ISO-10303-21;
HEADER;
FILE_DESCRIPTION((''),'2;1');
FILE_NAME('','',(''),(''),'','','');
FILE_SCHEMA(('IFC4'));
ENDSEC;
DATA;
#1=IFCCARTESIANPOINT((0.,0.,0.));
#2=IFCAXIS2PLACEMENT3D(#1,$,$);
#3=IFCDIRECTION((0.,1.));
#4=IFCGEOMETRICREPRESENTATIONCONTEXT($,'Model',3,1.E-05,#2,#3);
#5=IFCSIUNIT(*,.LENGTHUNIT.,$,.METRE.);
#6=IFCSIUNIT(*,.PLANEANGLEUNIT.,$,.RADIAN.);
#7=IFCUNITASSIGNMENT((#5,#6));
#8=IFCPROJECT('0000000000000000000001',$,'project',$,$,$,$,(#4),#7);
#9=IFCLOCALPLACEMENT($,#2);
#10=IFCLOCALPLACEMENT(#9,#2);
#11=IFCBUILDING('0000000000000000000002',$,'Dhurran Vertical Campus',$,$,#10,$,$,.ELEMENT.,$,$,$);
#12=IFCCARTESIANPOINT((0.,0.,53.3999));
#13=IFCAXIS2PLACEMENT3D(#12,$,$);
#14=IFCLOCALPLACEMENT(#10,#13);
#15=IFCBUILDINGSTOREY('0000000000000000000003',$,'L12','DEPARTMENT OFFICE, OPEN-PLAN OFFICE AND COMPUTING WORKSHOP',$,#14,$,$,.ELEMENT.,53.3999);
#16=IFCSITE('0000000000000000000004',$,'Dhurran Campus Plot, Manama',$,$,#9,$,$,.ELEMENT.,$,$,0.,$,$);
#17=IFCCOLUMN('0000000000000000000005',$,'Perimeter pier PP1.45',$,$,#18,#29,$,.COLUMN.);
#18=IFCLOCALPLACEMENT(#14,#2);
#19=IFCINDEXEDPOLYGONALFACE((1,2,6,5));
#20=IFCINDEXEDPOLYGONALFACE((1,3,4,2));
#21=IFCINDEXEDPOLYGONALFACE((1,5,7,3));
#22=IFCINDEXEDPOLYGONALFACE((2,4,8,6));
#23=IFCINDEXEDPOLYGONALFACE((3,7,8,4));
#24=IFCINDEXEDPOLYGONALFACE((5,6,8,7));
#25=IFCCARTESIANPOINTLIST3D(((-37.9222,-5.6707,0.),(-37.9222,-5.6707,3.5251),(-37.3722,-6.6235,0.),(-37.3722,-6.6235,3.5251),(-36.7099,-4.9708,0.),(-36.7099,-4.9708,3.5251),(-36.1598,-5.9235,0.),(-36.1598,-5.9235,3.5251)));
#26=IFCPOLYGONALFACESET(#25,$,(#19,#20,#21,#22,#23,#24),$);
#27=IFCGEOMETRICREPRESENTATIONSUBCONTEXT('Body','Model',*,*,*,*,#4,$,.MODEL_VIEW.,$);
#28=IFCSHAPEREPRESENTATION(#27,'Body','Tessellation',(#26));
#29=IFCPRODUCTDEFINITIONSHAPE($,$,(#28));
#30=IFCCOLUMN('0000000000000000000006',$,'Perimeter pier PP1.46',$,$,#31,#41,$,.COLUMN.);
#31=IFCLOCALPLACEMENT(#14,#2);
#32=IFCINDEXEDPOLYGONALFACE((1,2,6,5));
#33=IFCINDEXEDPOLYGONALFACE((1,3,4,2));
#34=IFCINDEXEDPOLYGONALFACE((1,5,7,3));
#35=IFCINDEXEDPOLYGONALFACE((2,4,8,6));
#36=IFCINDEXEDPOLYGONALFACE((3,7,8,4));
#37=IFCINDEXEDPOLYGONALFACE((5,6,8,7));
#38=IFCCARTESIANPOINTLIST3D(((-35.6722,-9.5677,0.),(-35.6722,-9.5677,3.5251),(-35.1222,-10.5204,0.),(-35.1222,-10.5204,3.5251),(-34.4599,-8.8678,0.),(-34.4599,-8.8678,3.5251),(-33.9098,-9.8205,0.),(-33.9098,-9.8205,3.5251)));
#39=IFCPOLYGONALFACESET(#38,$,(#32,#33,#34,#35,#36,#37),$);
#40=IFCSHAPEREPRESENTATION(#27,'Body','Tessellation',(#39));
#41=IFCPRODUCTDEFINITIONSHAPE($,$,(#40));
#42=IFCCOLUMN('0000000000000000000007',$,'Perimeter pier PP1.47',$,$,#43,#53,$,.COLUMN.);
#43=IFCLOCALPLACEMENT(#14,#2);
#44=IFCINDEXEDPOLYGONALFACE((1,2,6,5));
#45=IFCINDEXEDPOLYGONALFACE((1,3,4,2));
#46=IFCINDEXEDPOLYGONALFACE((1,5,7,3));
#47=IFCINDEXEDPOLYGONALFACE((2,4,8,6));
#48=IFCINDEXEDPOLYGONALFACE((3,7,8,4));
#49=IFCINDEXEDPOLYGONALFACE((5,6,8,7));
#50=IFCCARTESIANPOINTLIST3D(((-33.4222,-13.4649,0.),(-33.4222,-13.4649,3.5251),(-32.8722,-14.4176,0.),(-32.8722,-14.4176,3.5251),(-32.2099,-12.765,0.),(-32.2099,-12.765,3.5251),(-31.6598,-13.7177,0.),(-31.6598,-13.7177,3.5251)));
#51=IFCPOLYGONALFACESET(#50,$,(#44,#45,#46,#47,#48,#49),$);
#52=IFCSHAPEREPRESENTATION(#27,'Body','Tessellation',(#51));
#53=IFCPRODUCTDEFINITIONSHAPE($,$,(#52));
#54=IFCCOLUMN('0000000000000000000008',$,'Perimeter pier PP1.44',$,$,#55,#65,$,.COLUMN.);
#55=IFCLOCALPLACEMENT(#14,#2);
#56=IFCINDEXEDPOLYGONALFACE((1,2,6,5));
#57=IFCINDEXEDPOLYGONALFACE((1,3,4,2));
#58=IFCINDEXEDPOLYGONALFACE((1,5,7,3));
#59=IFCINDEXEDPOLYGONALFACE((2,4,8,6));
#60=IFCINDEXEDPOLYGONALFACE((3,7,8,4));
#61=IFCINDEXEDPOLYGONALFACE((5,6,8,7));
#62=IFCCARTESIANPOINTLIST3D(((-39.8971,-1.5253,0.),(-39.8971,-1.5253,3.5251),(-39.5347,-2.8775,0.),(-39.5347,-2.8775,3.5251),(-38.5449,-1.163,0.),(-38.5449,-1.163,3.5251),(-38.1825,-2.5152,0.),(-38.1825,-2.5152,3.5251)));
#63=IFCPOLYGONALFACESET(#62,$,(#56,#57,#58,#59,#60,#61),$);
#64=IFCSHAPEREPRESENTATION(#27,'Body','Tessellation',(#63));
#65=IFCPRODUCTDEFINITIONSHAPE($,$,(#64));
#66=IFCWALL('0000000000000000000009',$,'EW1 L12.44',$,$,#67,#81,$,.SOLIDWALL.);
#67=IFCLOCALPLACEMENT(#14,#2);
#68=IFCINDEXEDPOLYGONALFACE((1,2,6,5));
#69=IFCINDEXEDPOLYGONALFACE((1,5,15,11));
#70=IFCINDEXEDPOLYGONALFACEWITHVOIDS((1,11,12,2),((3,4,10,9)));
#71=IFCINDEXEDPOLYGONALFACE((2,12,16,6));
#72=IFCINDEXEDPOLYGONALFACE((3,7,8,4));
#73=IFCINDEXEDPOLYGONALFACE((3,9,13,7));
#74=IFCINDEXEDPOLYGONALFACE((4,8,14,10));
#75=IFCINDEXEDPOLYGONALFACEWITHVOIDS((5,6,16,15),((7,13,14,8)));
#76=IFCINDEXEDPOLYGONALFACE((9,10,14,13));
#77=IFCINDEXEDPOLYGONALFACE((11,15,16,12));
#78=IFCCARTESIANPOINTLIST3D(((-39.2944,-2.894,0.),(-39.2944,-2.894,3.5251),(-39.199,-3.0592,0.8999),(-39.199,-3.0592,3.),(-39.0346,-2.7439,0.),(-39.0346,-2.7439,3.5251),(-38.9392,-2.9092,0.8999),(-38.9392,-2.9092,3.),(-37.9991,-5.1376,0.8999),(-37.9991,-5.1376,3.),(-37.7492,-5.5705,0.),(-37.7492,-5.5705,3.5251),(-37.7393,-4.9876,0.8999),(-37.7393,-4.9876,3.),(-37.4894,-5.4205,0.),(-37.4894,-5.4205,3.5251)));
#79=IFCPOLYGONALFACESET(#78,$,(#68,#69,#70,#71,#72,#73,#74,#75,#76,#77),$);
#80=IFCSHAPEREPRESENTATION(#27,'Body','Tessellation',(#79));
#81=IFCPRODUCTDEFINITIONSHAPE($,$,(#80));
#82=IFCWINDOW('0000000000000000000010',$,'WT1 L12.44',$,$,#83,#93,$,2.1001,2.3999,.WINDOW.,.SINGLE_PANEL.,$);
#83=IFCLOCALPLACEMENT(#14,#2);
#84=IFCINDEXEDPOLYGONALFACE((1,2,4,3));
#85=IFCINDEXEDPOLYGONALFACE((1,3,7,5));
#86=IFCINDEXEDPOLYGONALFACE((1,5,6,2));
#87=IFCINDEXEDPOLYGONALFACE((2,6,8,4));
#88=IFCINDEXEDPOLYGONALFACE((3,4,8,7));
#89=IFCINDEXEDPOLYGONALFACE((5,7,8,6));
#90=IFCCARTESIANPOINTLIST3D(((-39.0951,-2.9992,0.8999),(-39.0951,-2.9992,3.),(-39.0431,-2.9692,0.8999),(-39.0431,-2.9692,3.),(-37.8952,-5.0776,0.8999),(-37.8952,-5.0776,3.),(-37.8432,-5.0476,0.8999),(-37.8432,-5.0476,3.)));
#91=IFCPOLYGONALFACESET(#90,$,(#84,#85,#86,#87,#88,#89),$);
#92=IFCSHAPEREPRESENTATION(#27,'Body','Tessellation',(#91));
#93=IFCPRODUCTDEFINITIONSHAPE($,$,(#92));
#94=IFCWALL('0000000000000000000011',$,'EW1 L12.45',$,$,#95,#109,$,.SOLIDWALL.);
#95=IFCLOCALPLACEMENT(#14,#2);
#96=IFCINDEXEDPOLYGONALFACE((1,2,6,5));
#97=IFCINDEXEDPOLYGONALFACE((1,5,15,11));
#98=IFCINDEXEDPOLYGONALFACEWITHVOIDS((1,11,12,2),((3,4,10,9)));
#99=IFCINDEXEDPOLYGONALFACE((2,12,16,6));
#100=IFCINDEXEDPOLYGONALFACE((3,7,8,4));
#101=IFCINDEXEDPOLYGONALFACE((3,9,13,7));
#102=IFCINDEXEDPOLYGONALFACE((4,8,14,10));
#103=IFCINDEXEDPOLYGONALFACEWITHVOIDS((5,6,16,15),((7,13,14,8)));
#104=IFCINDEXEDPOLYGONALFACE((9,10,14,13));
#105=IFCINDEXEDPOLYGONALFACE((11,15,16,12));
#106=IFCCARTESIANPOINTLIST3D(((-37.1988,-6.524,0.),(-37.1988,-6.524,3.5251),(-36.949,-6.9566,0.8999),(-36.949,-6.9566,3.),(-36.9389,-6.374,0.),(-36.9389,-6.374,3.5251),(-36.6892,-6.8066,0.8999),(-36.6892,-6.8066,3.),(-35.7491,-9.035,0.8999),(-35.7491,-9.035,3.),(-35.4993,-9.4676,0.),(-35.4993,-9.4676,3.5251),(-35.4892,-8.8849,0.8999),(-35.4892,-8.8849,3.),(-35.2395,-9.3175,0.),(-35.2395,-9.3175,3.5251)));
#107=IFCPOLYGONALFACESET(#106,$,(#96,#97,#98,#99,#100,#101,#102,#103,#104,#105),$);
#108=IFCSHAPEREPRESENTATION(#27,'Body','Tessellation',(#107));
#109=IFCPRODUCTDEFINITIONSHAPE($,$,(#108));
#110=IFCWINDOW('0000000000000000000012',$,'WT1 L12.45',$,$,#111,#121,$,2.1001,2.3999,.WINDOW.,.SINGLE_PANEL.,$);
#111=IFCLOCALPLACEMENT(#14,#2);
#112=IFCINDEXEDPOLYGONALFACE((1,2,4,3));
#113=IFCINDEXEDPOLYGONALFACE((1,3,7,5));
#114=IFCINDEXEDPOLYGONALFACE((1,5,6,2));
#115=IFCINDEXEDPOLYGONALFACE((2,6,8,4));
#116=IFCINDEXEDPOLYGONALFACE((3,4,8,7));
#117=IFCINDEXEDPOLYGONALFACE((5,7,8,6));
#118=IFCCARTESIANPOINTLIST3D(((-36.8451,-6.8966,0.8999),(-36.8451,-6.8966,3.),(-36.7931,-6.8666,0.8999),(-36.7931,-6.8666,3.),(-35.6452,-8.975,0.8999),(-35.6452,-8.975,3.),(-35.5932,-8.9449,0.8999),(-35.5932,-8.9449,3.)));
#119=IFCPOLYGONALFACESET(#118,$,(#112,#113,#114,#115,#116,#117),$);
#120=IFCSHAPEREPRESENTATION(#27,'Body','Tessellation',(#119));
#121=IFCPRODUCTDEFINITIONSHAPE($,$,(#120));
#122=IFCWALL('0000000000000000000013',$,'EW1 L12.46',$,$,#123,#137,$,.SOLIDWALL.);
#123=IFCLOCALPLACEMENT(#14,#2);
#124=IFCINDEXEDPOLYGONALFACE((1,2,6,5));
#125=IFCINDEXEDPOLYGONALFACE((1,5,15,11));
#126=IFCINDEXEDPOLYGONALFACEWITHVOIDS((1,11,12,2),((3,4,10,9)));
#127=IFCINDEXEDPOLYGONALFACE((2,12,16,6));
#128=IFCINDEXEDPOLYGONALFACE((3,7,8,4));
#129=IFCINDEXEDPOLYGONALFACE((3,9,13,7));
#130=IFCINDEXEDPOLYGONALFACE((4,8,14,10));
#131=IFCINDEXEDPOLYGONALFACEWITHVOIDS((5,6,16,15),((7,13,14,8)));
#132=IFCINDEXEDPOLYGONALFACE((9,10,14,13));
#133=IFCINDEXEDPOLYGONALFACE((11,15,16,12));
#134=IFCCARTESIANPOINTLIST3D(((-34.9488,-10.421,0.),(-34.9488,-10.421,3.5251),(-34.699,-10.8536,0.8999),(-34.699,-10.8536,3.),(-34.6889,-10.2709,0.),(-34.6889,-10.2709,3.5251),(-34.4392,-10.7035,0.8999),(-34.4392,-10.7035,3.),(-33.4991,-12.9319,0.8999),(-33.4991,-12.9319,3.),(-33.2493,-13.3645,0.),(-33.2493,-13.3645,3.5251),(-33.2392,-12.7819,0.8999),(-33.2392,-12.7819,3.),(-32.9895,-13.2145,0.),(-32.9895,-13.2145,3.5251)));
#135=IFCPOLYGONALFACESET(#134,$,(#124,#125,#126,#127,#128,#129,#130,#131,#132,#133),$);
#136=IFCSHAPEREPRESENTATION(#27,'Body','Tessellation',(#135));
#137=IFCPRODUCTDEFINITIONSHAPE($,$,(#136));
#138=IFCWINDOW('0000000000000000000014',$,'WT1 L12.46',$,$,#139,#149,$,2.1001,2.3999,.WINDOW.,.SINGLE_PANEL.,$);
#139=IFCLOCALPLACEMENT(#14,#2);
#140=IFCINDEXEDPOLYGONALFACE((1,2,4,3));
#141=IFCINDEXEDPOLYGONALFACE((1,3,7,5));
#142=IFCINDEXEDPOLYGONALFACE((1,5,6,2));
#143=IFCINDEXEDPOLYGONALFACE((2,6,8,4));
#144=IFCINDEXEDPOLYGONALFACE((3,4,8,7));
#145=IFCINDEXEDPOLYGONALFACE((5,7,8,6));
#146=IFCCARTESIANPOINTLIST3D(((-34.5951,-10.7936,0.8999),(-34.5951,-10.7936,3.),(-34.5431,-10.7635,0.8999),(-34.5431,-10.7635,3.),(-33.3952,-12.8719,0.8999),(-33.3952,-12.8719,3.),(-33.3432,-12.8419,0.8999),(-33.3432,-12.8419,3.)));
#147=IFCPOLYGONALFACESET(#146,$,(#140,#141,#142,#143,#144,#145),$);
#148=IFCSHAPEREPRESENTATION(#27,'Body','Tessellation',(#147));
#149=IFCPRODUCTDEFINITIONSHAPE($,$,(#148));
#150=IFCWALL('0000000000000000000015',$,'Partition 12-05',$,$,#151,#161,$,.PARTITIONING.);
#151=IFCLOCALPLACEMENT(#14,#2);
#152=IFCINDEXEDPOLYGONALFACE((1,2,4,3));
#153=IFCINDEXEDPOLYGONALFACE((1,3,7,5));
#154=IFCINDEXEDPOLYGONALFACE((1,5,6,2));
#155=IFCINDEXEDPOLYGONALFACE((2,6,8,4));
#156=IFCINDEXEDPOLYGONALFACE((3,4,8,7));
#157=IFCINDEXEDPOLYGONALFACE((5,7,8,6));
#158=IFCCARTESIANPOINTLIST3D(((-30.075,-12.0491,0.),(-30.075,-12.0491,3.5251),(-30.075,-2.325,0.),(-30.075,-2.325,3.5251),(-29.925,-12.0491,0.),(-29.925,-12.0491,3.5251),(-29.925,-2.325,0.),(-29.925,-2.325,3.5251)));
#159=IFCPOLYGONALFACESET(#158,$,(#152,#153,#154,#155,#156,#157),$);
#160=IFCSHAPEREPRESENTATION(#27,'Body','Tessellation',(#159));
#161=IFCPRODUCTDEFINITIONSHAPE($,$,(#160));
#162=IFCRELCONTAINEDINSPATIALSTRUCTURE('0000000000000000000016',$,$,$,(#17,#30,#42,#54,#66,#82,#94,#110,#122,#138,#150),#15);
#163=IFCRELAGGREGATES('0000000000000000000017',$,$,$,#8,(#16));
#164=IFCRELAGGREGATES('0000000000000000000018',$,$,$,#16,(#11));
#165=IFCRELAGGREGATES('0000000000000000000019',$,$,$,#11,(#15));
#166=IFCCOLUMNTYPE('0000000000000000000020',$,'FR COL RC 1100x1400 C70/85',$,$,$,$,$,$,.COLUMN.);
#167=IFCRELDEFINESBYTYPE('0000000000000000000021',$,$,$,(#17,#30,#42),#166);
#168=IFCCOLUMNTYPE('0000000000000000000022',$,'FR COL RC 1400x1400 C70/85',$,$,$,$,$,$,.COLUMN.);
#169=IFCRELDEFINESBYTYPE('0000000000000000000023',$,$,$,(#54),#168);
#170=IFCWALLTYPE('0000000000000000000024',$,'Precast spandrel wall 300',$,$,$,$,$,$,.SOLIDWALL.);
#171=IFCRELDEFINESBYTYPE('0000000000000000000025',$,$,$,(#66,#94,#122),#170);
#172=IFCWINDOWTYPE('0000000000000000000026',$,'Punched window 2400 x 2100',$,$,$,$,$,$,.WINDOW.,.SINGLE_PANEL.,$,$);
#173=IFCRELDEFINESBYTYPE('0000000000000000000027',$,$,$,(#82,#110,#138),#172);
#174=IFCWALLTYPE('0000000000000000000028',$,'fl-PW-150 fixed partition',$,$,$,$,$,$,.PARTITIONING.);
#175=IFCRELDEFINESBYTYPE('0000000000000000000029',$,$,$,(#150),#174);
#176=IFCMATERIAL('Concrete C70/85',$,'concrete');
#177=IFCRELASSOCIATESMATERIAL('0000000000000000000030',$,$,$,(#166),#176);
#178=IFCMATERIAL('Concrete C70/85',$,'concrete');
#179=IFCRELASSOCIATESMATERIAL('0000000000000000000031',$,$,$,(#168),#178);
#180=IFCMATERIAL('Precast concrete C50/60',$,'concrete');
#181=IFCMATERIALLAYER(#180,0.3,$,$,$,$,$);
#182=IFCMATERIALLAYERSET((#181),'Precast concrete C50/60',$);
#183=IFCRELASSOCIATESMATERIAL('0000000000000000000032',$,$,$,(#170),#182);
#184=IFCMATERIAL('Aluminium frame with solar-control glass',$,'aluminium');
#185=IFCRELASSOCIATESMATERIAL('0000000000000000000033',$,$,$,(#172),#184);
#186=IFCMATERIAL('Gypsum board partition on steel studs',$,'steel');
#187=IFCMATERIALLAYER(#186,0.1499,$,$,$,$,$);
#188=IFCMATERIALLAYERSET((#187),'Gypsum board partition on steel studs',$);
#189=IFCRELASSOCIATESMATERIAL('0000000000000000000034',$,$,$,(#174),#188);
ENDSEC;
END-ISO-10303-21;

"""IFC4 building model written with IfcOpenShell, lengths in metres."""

from ifc_helpers import new_model, si_unit, direction, frame, frame_2d, origin, origin_2d, place, context, subcontext, project, spatial, rectangle, extrude, material, layer, layer_set, material_profile, profile_set, type_object, element, fill, save


model = new_model("IFC4")

# Units and contexts
model_context = context("Model", 3, precision=1e-05, world=origin(), true_north=direction((0.0, 1.0)))
body_context = subcontext(model_context, "Body", "Model", "MODEL_VIEW")
ifc_project = project(units=[si_unit("LENGTHUNIT", "METRE"), si_unit("PLANEANGLEUNIT", "RADIAN")], contexts=[model_context])

# Site, building, storey
site_placement = place(None, origin())
site = spatial("IfcSite", under=ifc_project, at=site_placement, Name="Dhurran Campus Plot, Manama", CompositionType="ELEMENT", RefElevation=0.0)
building_placement = place(site_placement, origin())
building = spatial("IfcBuilding", under=site, at=building_placement, Name="Dhurran Vertical Campus", CompositionType="ELEMENT")
storey_placement = place(building_placement, frame((0.0, 0.0, 53.3999)))
storey = spatial("IfcBuildingStorey", under=building, at=storey_placement, Name="L12", Description="DEPARTMENT OFFICE, OPEN-PLAN OFFICE AND COMPUTING WORKSHOP", CompositionType="ELEMENT", Elevation=53.3999)

# Columns
ifc_material_1 = material(Name="Concrete C70/85", Category="concrete")
ifc_material_profile_1 = material_profile(ifc_material_1, rectangle(XDim=1.1001, YDim=1.3999, at=origin_2d()), Name="RC 1100x1400")
ifc_profile_set_1 = profile_set([ifc_material_profile_1], Name="Concrete C70/85")
column_type_1 = type_object("IfcColumnType", Name="FR COL RC 1100x1400 C70/85", PredefinedType="COLUMN", material=ifc_profile_set_1)
for number, where, z_axis, x_axis, name in (
    (1, (-37.041, -5.7971, 0.0), (0.0, 0.0, 1.0), (0.5, -0.866025, 0.0), "Perimeter pier PP1.45"),
    (2, (-34.791, -9.6941, 0.0), (0.0, 0.0, 1.0), (0.5, -0.866025, 0.0), "Perimeter pier PP1.46"),
    (3, (-32.541, -13.5913, 0.0), (0.0, 0.0, 1.0), (0.5, -0.866025, 0.0), "Perimeter pier PP1.47"),
):
    element("IfcColumn", number, at=place(storey_placement, frame(where, z_axis=z_axis, x_axis=x_axis)), inside=storey, type_object=column_type_1, Name=name, PredefinedType="COLUMN", context=body_context, shape_type="SweptSolid", body=[
        extrude(rectangle(XDim=1.1001, YDim=1.3999, at=origin_2d()), origin(), (0.0, 0.0, 1.0), 3.5251),
    ])
ifc_material_2 = material(Name="Concrete C70/85", Category="concrete")
ifc_material_profile_2 = material_profile(ifc_material_2, rectangle(XDim=1.3999, YDim=1.3999, at=origin_2d()), Name="RC 1400x1400")
ifc_profile_set_2 = profile_set([ifc_material_profile_2], Name="Concrete C70/85")
column_type_2 = type_object("IfcColumnType", Name="FR COL RC 1400x1400 C70/85", PredefinedType="COLUMN", material=ifc_profile_set_2)
column_placement = place(storey_placement, frame((-39.0398, -2.0203, 0.0), z_axis=(0.0, 0.0, 1.0), x_axis=(0.258819, -0.965926, 0.0)))
element("IfcColumn", 4, at=column_placement, inside=storey, type_object=column_type_2, Name="Perimeter pier PP1.44", PredefinedType="COLUMN", context=body_context, shape_type="SweptSolid", body=[
    extrude(rectangle(XDim=1.3999, YDim=1.3999, at=origin_2d()), origin(), (0.0, 0.0, 1.0), 3.5251),
])

# Walls, openings, windows
ifc_material_3 = material(Name="Precast concrete C50/60", Category="concrete")
ifc_layer_1 = layer(ifc_material_3, 0.3)
ifc_layer_set_1 = layer_set([ifc_layer_1], Name="Precast concrete C50/60")
wall_type_1 = type_object("IfcWallType", Name="Precast spandrel wall 300", PredefinedType="SOLIDWALL", material=ifc_layer_set_1)
wall_1_placement = place(storey_placement, frame((-39.1646, -2.8188, 0.0), z_axis=(0.0, 0.0, 1.0), x_axis=(0.499971, -0.866042, 0.0)))
wall_1 = element("IfcWall", 5, at=wall_1_placement, inside=storey, type_object=wall_type_1, Name="EW1 L12.44", PredefinedType="SOLIDWALL", context=body_context, shape_type="SweptSolid", body=[
    extrude(rectangle(XDim=3.0906, YDim=0.3, at=frame_2d((1.5454, 0.0))), origin(), (0.0, 0.0, 1.0), 3.5251),
])
opening_1_placement = place(wall_1_placement, frame((0.1909, 0.0, 0.8999)))
opening_1 = element("IfcOpeningElement", 6, at=opening_1_placement, cuts=wall_1, PredefinedType="OPENING", context=body_context, shape_type="SweptSolid", body=[
    extrude(rectangle(XDim=2.3999, YDim=2.1001, at=frame_2d((1.2, 1.05))), frame((0.0, 0.1599, 0.0), z_axis=(0.0, -1.0, 0.0), x_axis=(1.0, 0.0, 0.0)), (0.0, 0.0, 1.0), 0.3201),
])
ifc_material_4 = material(Name="Aluminium frame with solar-control glass", Category="aluminium")
window_type = type_object("IfcWindowType", Name="Punched window 2400 x 2100", PartitioningType="SINGLE_PANEL", PredefinedType="WINDOW", material=ifc_material_4)
window_1_placement = place(opening_1_placement, origin())
window_1 = element("IfcWindow", 7, at=window_1_placement, inside=storey, type_object=window_type, Name="WT1 L12.44", OverallHeight=2.1001, OverallWidth=2.3999, PartitioningType="SINGLE_PANEL", PredefinedType="WINDOW", context=body_context, shape_type="SweptSolid", body=[
    extrude(rectangle(XDim=2.3999, YDim=2.1001, at=frame_2d((1.2, 1.05))), frame((0.0, 0.03, 0.0), z_axis=(0.0, -1.0, 0.0), x_axis=(1.0, 0.0, 0.0)), (0.0, 0.0, 1.0), 0.0601),
])
fill(opening_1, window_1)
wall_2_placement = place(storey_placement, frame((-37.0688, -6.449, 0.0), z_axis=(0.0, 0.0, 1.0), x_axis=(0.499994, -0.866029, 0.0)))
wall_2 = element("IfcWall", 8, at=wall_2_placement, inside=storey, type_object=wall_type_1, Name="EW1 L12.45", PredefinedType="SOLIDWALL", context=body_context, shape_type="SweptSolid", body=[
    extrude(rectangle(XDim=3.3989, YDim=0.3, at=frame_2d((1.6995, 0.0))), origin(), (0.0, 0.0, 1.0), 3.5251),
])
opening_2_placement = place(wall_2_placement, frame((0.4995, 0.0, 0.8999)))
opening_2 = element("IfcOpeningElement", 9, at=opening_2_placement, cuts=wall_2, PredefinedType="OPENING", context=body_context, shape_type="SweptSolid", body=[
    extrude(rectangle(XDim=2.3999, YDim=2.1001, at=frame_2d((1.2, 1.05))), frame((0.0, 0.1599, 0.0), z_axis=(0.0, -1.0, 0.0), x_axis=(1.0, 0.0, 0.0)), (0.0, 0.0, 1.0), 0.3201),
])
window_2_placement = place(opening_2_placement, origin())
window_2 = element("IfcWindow", 10, at=window_2_placement, inside=storey, type_object=window_type, Name="WT1 L12.45", OverallHeight=2.1001, OverallWidth=2.3999, PartitioningType="SINGLE_PANEL", PredefinedType="WINDOW", context=body_context, shape_type="SweptSolid", body=[
    extrude(rectangle(XDim=2.3999, YDim=2.1001, at=frame_2d((1.2, 1.05))), frame((0.0, 0.03, 0.0), z_axis=(0.0, -1.0, 0.0), x_axis=(1.0, 0.0, 0.0)), (0.0, 0.0, 1.0), 0.0601),
])
fill(opening_2, window_2)
wall_3_placement = place(storey_placement, frame((-34.8188, -10.3459, 0.0), z_axis=(0.0, 0.0, 1.0), x_axis=(0.499994, -0.866029, 0.0)))
wall_3 = element("IfcWall", 11, at=wall_3_placement, inside=storey, type_object=wall_type_1, Name="EW1 L12.46", PredefinedType="SOLIDWALL", context=body_context, shape_type="SweptSolid", body=[
    extrude(rectangle(XDim=3.3989, YDim=0.3, at=frame_2d((1.6995, 0.0))), origin(), (0.0, 0.0, 1.0), 3.5251),
])
opening_3_placement = place(wall_3_placement, frame((0.4995, 0.0, 0.8999)))
opening_3 = element("IfcOpeningElement", 12, at=opening_3_placement, cuts=wall_3, PredefinedType="OPENING", context=body_context, shape_type="SweptSolid", body=[
    extrude(rectangle(XDim=2.3999, YDim=2.1001, at=frame_2d((1.2, 1.05))), frame((0.0, 0.1599, 0.0), z_axis=(0.0, -1.0, 0.0), x_axis=(1.0, 0.0, 0.0)), (0.0, 0.0, 1.0), 0.3201),
])
window_3_placement = place(opening_3_placement, origin())
window_3 = element("IfcWindow", 13, at=window_3_placement, inside=storey, type_object=window_type, Name="WT1 L12.46", OverallHeight=2.1001, OverallWidth=2.3999, PartitioningType="SINGLE_PANEL", PredefinedType="WINDOW", context=body_context, shape_type="SweptSolid", body=[
    extrude(rectangle(XDim=2.3999, YDim=2.1001, at=frame_2d((1.2, 1.05))), frame((0.0, 0.03, 0.0), z_axis=(0.0, -1.0, 0.0), x_axis=(1.0, 0.0, 0.0)), (0.0, 0.0, 1.0), 0.0601),
])
fill(opening_3, window_3)

# Wall
ifc_material_5 = material(Name="Gypsum board partition on steel studs", Category="steel")
ifc_layer_2 = layer(ifc_material_5, 0.1499)
ifc_layer_set_2 = layer_set([ifc_layer_2], Name="Gypsum board partition on steel studs")
wall_type_2 = type_object("IfcWallType", Name="fl-PW-150 fixed partition", PredefinedType="PARTITIONING", material=ifc_layer_set_2)
wall_4_placement = place(storey_placement, frame((-30.0, -2.325, 0.0), z_axis=(0.0, 0.0, 1.0), x_axis=(0.0, -1.0, 0.0)))
element("IfcWall", 14, at=wall_4_placement, inside=storey, type_object=wall_type_2, Name="Partition 12-05", PredefinedType="PARTITIONING", context=body_context, shape_type="SweptSolid", body=[
    extrude(rectangle(XDim=9.7241, YDim=0.1499, at=frame_2d((4.8621, 0.0))), origin(), (0.0, 0.0, 1.0), 3.5251),
])

save(model, "model.ifc")
